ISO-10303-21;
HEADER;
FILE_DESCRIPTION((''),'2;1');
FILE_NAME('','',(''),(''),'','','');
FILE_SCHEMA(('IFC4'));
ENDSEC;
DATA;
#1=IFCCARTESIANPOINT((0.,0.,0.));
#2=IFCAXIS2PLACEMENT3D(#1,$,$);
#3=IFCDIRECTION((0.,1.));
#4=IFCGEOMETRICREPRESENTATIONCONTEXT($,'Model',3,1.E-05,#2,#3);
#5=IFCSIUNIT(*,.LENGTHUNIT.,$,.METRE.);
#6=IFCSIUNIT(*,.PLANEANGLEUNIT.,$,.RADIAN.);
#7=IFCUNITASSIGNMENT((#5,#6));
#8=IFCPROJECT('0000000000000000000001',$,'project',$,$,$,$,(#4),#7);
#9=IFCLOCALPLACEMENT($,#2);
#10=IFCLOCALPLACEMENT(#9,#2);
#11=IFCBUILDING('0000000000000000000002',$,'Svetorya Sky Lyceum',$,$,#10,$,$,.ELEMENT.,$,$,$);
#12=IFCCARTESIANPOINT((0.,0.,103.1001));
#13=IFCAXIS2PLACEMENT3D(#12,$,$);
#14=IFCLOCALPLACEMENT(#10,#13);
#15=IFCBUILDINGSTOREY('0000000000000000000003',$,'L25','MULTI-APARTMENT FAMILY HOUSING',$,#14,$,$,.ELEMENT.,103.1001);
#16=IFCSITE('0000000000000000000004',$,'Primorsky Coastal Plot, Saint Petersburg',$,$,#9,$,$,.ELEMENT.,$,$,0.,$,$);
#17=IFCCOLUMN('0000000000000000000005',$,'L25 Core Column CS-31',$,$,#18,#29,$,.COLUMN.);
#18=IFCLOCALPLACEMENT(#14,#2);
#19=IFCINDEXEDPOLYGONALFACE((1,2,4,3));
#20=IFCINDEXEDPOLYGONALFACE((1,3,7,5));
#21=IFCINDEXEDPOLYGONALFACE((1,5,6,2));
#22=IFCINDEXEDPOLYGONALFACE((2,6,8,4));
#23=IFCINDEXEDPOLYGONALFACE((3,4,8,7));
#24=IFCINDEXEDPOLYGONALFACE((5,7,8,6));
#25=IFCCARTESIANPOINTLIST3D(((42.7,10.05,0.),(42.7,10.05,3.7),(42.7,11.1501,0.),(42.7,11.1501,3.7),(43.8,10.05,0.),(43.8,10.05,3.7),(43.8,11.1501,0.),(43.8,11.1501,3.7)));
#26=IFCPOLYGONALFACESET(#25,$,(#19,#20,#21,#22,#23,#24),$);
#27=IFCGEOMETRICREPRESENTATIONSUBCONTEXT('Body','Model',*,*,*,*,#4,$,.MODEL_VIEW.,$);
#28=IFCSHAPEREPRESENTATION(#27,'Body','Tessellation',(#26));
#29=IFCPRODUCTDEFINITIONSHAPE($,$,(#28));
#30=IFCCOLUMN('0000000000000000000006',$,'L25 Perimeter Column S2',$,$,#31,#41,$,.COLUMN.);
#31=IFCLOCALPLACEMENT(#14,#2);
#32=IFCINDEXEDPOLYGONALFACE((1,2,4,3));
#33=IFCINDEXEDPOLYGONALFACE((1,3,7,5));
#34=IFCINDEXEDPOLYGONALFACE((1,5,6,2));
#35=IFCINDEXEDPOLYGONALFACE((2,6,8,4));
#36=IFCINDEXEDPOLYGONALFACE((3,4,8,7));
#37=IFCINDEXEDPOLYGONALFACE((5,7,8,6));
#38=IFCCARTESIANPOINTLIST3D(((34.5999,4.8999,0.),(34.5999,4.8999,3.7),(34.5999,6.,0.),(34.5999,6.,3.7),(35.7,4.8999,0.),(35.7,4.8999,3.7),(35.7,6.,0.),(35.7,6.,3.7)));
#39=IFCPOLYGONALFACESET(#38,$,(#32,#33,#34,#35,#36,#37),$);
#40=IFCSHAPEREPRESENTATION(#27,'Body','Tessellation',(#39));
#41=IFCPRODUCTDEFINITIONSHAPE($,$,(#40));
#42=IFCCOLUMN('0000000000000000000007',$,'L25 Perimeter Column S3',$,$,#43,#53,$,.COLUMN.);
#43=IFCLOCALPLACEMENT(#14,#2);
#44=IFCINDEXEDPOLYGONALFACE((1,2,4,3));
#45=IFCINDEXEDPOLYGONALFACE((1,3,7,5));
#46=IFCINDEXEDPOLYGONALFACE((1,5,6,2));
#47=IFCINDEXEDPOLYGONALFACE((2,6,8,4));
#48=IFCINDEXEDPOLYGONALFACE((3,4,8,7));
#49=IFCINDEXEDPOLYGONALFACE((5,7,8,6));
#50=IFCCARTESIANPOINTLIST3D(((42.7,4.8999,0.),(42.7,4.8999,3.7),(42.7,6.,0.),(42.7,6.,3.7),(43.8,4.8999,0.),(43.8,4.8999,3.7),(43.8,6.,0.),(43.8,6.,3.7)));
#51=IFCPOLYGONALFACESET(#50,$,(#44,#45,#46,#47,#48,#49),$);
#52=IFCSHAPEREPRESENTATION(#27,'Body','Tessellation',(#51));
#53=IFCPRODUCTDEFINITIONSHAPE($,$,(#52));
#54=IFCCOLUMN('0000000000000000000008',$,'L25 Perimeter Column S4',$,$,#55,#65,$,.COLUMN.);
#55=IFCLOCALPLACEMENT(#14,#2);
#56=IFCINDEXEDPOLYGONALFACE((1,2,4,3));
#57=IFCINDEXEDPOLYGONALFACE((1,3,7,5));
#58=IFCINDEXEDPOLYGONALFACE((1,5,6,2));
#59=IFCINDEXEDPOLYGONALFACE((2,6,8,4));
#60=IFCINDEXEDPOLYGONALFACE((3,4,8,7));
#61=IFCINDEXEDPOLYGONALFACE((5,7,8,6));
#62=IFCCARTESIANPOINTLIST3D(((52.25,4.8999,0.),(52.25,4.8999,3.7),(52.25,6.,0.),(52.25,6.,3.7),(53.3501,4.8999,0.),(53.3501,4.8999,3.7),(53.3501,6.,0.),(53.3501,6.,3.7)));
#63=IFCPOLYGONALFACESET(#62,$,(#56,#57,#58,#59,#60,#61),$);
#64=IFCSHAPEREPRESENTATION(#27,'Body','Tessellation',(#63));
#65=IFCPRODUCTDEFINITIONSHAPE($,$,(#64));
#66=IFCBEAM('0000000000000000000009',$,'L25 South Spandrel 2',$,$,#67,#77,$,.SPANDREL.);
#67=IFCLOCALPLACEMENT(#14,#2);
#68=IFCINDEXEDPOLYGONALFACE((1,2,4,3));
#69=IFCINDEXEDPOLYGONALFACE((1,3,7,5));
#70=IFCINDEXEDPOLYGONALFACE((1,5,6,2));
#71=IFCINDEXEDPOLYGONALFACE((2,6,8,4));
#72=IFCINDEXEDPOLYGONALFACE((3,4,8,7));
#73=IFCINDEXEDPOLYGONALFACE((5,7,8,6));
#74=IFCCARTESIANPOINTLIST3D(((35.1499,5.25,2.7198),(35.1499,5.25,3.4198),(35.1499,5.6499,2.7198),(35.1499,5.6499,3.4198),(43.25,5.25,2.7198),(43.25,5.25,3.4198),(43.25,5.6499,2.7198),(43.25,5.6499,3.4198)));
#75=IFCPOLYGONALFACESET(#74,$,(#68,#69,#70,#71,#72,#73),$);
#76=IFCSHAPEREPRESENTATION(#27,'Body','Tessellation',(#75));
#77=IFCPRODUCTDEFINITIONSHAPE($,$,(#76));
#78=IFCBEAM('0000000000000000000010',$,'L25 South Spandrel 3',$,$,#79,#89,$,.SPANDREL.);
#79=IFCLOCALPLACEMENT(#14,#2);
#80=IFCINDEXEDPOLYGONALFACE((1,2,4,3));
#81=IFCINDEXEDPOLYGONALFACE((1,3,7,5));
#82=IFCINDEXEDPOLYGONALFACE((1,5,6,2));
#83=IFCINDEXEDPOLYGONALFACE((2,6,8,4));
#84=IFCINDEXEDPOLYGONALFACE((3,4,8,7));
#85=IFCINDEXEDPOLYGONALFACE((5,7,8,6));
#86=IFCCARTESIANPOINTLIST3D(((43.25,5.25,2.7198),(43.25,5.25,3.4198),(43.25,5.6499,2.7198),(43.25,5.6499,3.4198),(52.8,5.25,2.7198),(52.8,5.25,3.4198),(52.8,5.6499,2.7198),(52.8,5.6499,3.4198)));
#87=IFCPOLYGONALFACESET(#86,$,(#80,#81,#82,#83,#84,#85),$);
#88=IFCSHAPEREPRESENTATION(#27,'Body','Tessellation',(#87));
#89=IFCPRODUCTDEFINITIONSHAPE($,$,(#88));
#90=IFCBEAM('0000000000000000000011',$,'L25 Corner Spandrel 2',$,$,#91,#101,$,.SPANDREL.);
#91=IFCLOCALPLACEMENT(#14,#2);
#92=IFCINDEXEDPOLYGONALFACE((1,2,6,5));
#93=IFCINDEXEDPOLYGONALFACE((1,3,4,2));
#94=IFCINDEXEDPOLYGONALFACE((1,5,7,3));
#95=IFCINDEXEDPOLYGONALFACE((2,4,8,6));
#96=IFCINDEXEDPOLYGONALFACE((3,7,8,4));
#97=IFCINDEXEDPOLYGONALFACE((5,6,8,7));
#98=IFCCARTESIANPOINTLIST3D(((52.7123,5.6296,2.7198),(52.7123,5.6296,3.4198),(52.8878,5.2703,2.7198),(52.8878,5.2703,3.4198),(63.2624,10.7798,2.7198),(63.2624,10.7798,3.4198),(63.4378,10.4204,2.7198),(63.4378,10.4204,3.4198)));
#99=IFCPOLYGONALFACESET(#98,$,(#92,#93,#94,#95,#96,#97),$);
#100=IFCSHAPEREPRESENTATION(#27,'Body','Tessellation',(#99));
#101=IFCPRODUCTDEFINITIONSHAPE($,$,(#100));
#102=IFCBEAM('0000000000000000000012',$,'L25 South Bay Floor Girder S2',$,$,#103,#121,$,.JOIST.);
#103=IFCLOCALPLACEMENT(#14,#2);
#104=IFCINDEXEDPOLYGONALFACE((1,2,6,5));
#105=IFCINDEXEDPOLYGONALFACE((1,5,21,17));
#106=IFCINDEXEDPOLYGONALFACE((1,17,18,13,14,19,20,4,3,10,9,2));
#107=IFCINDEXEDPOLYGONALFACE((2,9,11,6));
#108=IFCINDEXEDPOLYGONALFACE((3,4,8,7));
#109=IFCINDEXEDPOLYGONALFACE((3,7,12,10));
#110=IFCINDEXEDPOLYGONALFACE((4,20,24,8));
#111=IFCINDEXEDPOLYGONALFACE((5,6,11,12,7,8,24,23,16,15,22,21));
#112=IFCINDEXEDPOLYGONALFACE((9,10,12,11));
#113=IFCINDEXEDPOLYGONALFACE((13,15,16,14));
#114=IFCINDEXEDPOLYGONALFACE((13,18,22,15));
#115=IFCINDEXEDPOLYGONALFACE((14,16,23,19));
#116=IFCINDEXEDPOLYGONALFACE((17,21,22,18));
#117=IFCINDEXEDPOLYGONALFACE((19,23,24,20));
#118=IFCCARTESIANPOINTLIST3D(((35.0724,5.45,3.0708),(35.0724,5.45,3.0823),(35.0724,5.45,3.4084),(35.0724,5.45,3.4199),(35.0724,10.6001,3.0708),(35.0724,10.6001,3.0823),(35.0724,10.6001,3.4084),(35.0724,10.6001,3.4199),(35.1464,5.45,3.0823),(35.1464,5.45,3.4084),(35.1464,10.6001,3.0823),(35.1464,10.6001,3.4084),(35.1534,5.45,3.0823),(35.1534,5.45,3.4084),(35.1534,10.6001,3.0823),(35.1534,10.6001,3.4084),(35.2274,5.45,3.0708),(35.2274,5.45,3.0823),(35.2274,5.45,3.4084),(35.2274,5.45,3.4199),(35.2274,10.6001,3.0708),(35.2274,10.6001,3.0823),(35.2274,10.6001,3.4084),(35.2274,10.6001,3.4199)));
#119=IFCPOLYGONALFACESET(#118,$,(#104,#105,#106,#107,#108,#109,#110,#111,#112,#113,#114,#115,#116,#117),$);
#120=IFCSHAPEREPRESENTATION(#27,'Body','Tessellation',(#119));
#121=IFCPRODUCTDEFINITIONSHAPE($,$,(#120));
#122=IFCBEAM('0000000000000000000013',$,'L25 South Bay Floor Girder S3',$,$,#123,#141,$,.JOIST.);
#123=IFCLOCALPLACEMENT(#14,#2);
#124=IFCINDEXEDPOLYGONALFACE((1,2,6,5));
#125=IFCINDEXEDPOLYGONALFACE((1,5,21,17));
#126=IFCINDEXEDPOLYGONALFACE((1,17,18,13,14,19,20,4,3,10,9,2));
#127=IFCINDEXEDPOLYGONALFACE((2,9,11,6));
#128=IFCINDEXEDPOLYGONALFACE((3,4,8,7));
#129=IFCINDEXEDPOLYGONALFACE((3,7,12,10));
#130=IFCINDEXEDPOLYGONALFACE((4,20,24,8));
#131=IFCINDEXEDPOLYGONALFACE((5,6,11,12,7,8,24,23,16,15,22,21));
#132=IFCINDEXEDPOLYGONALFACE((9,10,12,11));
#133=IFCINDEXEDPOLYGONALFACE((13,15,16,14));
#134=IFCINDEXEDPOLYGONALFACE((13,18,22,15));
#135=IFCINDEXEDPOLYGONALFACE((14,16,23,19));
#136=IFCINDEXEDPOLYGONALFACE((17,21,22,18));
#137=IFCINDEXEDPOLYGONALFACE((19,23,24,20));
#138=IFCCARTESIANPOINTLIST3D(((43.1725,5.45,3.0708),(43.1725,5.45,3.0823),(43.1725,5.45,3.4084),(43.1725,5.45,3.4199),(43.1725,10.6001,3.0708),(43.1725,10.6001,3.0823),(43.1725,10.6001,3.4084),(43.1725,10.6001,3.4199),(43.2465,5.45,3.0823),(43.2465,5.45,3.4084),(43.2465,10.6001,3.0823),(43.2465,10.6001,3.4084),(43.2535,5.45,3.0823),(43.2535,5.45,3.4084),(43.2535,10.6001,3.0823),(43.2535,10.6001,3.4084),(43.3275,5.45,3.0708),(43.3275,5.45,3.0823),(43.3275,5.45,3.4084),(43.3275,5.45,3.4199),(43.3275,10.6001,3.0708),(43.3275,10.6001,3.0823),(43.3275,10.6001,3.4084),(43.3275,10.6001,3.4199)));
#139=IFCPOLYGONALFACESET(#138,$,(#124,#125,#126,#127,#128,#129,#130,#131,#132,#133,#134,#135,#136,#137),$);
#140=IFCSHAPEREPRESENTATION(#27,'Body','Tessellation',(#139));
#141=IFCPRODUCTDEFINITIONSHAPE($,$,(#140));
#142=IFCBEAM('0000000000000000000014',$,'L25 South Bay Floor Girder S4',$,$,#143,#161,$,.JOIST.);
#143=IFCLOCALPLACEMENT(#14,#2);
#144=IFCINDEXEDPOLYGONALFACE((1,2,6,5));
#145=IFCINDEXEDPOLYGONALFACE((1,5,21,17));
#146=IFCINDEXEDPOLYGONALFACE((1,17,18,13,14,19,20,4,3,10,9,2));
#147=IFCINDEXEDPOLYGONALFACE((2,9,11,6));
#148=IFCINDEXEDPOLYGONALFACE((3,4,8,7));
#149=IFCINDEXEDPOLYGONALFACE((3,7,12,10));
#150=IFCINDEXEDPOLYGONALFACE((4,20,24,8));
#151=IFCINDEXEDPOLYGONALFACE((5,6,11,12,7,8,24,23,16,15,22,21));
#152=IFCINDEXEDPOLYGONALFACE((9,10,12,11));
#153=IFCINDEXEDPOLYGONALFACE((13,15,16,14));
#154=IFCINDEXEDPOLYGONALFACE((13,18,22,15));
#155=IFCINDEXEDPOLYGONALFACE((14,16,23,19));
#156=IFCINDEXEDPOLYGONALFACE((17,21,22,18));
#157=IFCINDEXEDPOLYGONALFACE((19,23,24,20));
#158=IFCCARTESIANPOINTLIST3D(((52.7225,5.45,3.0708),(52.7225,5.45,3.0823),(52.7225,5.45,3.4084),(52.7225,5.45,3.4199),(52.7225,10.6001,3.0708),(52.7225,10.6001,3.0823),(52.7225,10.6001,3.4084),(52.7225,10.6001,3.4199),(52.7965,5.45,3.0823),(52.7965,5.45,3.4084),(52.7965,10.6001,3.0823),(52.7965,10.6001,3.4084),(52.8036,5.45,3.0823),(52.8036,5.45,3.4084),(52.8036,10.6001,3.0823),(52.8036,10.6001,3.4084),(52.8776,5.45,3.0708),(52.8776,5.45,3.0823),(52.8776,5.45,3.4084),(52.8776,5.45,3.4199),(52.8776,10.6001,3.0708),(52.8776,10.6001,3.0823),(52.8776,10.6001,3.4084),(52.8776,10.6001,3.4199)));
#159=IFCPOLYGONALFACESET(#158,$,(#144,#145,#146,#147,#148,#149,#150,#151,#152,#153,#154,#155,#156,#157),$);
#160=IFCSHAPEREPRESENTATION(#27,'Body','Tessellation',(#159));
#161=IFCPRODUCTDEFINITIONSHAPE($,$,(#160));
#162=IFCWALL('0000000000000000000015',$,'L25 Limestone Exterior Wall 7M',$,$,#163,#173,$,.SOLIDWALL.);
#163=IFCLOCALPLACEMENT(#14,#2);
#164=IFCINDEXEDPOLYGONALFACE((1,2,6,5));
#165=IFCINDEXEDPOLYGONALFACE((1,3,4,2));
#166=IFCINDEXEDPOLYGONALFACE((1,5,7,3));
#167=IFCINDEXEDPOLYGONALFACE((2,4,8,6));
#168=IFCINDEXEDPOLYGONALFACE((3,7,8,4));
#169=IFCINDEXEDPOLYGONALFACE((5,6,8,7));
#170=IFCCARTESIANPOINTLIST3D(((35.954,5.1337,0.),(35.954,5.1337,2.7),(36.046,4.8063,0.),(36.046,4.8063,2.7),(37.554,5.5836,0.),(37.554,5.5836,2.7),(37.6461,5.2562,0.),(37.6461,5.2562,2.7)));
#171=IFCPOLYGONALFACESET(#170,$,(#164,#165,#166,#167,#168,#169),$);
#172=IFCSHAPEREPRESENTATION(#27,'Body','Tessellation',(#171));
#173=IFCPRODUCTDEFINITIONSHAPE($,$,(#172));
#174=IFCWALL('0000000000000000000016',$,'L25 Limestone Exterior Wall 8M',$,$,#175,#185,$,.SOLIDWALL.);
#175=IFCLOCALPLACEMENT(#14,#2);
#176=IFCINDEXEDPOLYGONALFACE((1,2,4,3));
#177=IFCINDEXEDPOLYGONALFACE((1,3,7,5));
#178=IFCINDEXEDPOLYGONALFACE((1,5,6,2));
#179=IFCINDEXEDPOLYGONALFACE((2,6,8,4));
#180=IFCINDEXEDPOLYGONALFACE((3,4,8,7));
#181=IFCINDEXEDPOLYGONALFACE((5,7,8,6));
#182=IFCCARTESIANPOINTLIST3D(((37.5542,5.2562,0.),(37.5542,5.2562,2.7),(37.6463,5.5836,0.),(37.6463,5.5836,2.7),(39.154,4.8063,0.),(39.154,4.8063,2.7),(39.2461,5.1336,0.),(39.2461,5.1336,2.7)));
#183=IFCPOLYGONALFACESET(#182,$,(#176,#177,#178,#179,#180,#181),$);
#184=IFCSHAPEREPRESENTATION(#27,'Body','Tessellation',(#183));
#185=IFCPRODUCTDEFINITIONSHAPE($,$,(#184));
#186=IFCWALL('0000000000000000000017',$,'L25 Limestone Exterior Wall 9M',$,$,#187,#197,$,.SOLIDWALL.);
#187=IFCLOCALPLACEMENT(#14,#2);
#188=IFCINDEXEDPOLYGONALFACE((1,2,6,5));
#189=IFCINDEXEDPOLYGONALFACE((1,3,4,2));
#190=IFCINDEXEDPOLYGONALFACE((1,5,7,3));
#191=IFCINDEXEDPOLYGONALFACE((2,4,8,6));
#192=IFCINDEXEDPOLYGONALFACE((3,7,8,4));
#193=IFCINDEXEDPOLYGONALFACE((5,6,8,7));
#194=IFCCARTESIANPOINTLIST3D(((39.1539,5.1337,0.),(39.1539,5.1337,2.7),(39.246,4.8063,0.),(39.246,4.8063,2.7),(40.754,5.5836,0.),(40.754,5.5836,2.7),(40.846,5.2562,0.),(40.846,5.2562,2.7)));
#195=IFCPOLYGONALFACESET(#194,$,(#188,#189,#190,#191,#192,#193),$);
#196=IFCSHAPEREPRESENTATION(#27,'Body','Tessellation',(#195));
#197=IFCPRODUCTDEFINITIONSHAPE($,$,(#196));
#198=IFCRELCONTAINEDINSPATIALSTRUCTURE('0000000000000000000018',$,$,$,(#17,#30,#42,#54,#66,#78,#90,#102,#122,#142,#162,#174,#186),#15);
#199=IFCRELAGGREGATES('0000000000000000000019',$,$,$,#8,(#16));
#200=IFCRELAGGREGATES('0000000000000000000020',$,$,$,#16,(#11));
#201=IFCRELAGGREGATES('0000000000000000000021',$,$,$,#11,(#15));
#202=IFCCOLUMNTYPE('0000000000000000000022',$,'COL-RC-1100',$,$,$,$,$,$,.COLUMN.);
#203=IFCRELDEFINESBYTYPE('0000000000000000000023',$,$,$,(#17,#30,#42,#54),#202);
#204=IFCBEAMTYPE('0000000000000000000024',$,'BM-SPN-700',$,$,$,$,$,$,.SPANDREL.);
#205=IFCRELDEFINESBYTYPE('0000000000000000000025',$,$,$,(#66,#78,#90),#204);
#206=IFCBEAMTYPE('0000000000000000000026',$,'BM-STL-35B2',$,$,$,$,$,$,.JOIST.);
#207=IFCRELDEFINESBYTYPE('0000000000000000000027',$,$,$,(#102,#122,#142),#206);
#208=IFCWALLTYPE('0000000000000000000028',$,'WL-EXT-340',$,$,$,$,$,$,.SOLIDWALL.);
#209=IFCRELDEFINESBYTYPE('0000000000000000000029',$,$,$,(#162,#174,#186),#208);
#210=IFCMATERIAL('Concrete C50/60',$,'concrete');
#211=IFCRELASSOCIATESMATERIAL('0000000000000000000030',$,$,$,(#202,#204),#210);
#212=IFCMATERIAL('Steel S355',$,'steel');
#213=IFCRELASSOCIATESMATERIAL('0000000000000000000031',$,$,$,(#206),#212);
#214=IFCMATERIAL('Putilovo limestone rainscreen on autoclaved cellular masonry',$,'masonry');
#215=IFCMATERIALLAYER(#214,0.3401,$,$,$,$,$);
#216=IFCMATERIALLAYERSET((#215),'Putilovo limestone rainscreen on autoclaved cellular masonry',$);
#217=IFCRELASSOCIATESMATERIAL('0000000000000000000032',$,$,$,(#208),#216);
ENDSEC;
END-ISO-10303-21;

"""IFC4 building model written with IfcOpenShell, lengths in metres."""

from ifc_helpers import new_model, si_unit, direction, frame, frame_2d, origin, origin_2d, place, context, subcontext, project, spatial, rectangle, i_section, extrude, material, layer, layer_set, material_profile, profile_set, type_object, element, save


model = new_model("IFC4")

# Units and contexts
model_context = context("Model", 3, precision=1e-05, world=origin(), true_north=direction((0.0, 1.0)))
body_context = subcontext(model_context, "Body", "Model", "MODEL_VIEW")
ifc_project = project(units=[si_unit("LENGTHUNIT", "METRE"), si_unit("PLANEANGLEUNIT", "RADIAN")], contexts=[model_context])

# Site, building, storey
site_placement = place(None, origin())
site = spatial("IfcSite", under=ifc_project, at=site_placement, Name="Primorsky Coastal Plot, Saint Petersburg", CompositionType="ELEMENT", RefElevation=0.0)
building_placement = place(site_placement, origin())
building = spatial("IfcBuilding", under=site, at=building_placement, Name="Svetorya Sky Lyceum", CompositionType="ELEMENT")
storey_placement = place(building_placement, frame((0.0, 0.0, 103.1001)))
storey = spatial("IfcBuildingStorey", under=building, at=storey_placement, Name="L25", Description="MULTI-APARTMENT FAMILY HOUSING", CompositionType="ELEMENT", Elevation=103.1001)

# Columns
ifc_material_1 = material(Name="Concrete C50/60", Category="concrete")
ifc_material_profile_1 = material_profile(ifc_material_1, rectangle(XDim=1.1001, YDim=1.1001, at=origin_2d()), Name="RC COL 1100x1100")
ifc_profile_set_1 = profile_set([ifc_material_profile_1], Name="Concrete C50/60")
column_type = type_object("IfcColumnType", Name="COL-RC-1100", PredefinedType="COLUMN", material=ifc_profile_set_1)
for number, where, z_axis, x_axis, name in (
    (1, (43.25, 10.6001, 0.0), (0.0, 0.0, 1.0), (1.0, 0.0, 0.0), "L25 Core Column CS-31"),
    (2, (35.1499, 5.45, 0.0), (0.0, 0.0, 1.0), (1.0, 0.0, 0.0), "L25 Perimeter Column S2"),
    (3, (43.25, 5.45, 0.0), (0.0, 0.0, 1.0), (1.0, 0.0, 0.0), "L25 Perimeter Column S3"),
    (4, (52.8, 5.45, 0.0), (0.0, 0.0, 1.0), (1.0, 0.0, 0.0), "L25 Perimeter Column S4"),
):
    element("IfcColumn", number, at=place(storey_placement, frame(where, z_axis=z_axis, x_axis=x_axis)), inside=storey, type_object=column_type, Name=name, PredefinedType="COLUMN", context=body_context, shape_type="SweptSolid", body=[
        extrude(rectangle(XDim=1.1001, YDim=1.1001, at=origin_2d()), origin(), (0.0, 0.0, 1.0), 3.7),
    ])

# Beams
ifc_material_profile_2 = material_profile(ifc_material_1, rectangle(XDim=0.3999, YDim=0.7, at=origin_2d()), Name="RC SPANDREL 400x700")
ifc_profile_set_2 = profile_set([ifc_material_profile_2], Name="Concrete C50/60")
beam_type_1 = type_object("IfcBeamType", Name="BM-SPN-700", PredefinedType="SPANDREL", material=ifc_profile_set_2)
beam_1_placement = place(storey_placement, frame((35.1499, 5.45, 3.0698), z_axis=(1.0, 0.0, 0.0), x_axis=(0.0, 1.0, 0.0)))
element("IfcBeam", 5, at=beam_1_placement, inside=storey, type_object=beam_type_1, Name="L25 South Spandrel 2", PredefinedType="SPANDREL", context=body_context, shape_type="SweptSolid", body=[
    extrude(rectangle(XDim=0.3999, YDim=0.7, at=origin_2d()), origin(), (0.0, 0.0, 1.0), 8.1001),
])
beam_2_placement = place(storey_placement, frame((43.25, 5.45, 3.0698), z_axis=(1.0, 0.0, 0.0), x_axis=(0.0, 1.0, 0.0)))
element("IfcBeam", 6, at=beam_2_placement, inside=storey, type_object=beam_type_1, Name="L25 South Spandrel 3", PredefinedType="SPANDREL", context=body_context, shape_type="SweptSolid", body=[
    extrude(rectangle(XDim=0.3999, YDim=0.7, at=origin_2d()), origin(), (0.0, 0.0, 1.0), 9.55),
])
beam_3_placement = place(storey_placement, frame((52.8, 5.45, 3.0698), z_axis=(0.898641, 0.438684, 0.0), x_axis=(-0.438684, 0.898641, 0.0)))
element("IfcBeam", 7, at=beam_3_placement, inside=storey, type_object=beam_type_1, Name="L25 Corner Spandrel 2", PredefinedType="SPANDREL", context=body_context, shape_type="SweptSolid", body=[
    extrude(rectangle(XDim=0.3999, YDim=0.7, at=origin_2d()), origin(), (0.0, 0.0, 1.0), 11.74),
])
ifc_material_2 = material(Name="Steel S355", Category="steel")
ifc_material_profile_3 = material_profile(ifc_material_2, i_section(OverallWidth=0.155, OverallDepth=0.3491, WebThickness=0.0071, FlangeThickness=0.0115, at=origin_2d()), Name="GOST 35B2")
ifc_profile_set_3 = profile_set([ifc_material_profile_3], Name="Steel S355")
beam_type_2 = type_object("IfcBeamType", Name="BM-STL-35B2", PredefinedType="JOIST", material=ifc_profile_set_3)
for number, where, z_axis, x_axis, name in (
    (8, (35.1499, 5.45, 3.2454), (0.0, 1.0, 0.0), (-1.0, 0.0, 0.0), "L25 South Bay Floor Girder S2"),
    (9, (43.25, 5.45, 3.2454), (0.0, 1.0, 0.0), (-1.0, 0.0, 0.0), "L25 South Bay Floor Girder S3"),
    (10, (52.8, 5.45, 3.2454), (0.0, 1.0, 0.0), (-1.0, 0.0, 0.0), "L25 South Bay Floor Girder S4"),
):
    element("IfcBeam", number, at=place(storey_placement, frame(where, z_axis=z_axis, x_axis=x_axis)), inside=storey, type_object=beam_type_2, Name=name, PredefinedType="JOIST", context=body_context, shape_type="SweptSolid", body=[
        extrude(i_section(OverallWidth=0.155, OverallDepth=0.3491, WebThickness=0.0071, FlangeThickness=0.0115, at=origin_2d()), origin(), (0.0, 0.0, 1.0), 5.1501),
    ])

# Walls
ifc_material_3 = material(Name="Putilovo limestone rainscreen on autoclaved cellular masonry", Category="masonry")
ifc_layer_1 = layer(ifc_material_3, 0.3401)
ifc_layer_set_1 = layer_set([ifc_layer_1], Name="Putilovo limestone rainscreen on autoclaved cellular masonry")
wall_type_1 = type_object("IfcWallType", Name="WL-EXT-340", PredefinedType="SOLIDWALL", material=ifc_layer_set_1)
wall_1_placement = place(storey_placement, frame((36.0, 4.97, 0.0), z_axis=(0.0, 0.0, 1.0), x_axis=(0.962663, 0.270703, 0.0)))
element("IfcWall", 11, at=wall_1_placement, inside=storey, type_object=wall_type_1, Name="L25 Limestone Exterior Wall 7M", PredefinedType="SOLIDWALL", context=body_context, shape_type="SweptSolid", body=[
    extrude(rectangle(XDim=1.6621, YDim=0.3401, at=frame_2d((0.8311, 0.0))), origin(), (0.0, 0.0, 1.0), 2.7),
])
wall_2_placement = place(storey_placement, frame((37.6001, 5.4199, 0.0), z_axis=(0.0, 0.0, 1.0), x_axis=(0.962652, -0.270741, 0.0)))
element("IfcWall", 12, at=wall_2_placement, inside=storey, type_object=wall_type_1, Name="L25 Limestone Exterior Wall 8M", PredefinedType="SOLIDWALL", context=body_context, shape_type="SweptSolid", body=[
    extrude(rectangle(XDim=1.6619, YDim=0.3401, at=frame_2d((0.8311, 0.0))), origin(), (0.0, 0.0, 1.0), 2.7),
])
wall_3_placement = place(storey_placement, frame((39.2, 4.97, 0.0), z_axis=(0.0, 0.0, 1.0), x_axis=(0.962663, 0.270703, 0.0)))
element("IfcWall", 13, at=wall_3_placement, inside=storey, type_object=wall_type_1, Name="L25 Limestone Exterior Wall 9M", PredefinedType="SOLIDWALL", context=body_context, shape_type="SweptSolid", body=[
    extrude(rectangle(XDim=1.6621, YDim=0.3401, at=frame_2d((0.8311, 0.0))), origin(), (0.0, 0.0, 1.0), 2.7),
])

save(model, "model.ifc")
